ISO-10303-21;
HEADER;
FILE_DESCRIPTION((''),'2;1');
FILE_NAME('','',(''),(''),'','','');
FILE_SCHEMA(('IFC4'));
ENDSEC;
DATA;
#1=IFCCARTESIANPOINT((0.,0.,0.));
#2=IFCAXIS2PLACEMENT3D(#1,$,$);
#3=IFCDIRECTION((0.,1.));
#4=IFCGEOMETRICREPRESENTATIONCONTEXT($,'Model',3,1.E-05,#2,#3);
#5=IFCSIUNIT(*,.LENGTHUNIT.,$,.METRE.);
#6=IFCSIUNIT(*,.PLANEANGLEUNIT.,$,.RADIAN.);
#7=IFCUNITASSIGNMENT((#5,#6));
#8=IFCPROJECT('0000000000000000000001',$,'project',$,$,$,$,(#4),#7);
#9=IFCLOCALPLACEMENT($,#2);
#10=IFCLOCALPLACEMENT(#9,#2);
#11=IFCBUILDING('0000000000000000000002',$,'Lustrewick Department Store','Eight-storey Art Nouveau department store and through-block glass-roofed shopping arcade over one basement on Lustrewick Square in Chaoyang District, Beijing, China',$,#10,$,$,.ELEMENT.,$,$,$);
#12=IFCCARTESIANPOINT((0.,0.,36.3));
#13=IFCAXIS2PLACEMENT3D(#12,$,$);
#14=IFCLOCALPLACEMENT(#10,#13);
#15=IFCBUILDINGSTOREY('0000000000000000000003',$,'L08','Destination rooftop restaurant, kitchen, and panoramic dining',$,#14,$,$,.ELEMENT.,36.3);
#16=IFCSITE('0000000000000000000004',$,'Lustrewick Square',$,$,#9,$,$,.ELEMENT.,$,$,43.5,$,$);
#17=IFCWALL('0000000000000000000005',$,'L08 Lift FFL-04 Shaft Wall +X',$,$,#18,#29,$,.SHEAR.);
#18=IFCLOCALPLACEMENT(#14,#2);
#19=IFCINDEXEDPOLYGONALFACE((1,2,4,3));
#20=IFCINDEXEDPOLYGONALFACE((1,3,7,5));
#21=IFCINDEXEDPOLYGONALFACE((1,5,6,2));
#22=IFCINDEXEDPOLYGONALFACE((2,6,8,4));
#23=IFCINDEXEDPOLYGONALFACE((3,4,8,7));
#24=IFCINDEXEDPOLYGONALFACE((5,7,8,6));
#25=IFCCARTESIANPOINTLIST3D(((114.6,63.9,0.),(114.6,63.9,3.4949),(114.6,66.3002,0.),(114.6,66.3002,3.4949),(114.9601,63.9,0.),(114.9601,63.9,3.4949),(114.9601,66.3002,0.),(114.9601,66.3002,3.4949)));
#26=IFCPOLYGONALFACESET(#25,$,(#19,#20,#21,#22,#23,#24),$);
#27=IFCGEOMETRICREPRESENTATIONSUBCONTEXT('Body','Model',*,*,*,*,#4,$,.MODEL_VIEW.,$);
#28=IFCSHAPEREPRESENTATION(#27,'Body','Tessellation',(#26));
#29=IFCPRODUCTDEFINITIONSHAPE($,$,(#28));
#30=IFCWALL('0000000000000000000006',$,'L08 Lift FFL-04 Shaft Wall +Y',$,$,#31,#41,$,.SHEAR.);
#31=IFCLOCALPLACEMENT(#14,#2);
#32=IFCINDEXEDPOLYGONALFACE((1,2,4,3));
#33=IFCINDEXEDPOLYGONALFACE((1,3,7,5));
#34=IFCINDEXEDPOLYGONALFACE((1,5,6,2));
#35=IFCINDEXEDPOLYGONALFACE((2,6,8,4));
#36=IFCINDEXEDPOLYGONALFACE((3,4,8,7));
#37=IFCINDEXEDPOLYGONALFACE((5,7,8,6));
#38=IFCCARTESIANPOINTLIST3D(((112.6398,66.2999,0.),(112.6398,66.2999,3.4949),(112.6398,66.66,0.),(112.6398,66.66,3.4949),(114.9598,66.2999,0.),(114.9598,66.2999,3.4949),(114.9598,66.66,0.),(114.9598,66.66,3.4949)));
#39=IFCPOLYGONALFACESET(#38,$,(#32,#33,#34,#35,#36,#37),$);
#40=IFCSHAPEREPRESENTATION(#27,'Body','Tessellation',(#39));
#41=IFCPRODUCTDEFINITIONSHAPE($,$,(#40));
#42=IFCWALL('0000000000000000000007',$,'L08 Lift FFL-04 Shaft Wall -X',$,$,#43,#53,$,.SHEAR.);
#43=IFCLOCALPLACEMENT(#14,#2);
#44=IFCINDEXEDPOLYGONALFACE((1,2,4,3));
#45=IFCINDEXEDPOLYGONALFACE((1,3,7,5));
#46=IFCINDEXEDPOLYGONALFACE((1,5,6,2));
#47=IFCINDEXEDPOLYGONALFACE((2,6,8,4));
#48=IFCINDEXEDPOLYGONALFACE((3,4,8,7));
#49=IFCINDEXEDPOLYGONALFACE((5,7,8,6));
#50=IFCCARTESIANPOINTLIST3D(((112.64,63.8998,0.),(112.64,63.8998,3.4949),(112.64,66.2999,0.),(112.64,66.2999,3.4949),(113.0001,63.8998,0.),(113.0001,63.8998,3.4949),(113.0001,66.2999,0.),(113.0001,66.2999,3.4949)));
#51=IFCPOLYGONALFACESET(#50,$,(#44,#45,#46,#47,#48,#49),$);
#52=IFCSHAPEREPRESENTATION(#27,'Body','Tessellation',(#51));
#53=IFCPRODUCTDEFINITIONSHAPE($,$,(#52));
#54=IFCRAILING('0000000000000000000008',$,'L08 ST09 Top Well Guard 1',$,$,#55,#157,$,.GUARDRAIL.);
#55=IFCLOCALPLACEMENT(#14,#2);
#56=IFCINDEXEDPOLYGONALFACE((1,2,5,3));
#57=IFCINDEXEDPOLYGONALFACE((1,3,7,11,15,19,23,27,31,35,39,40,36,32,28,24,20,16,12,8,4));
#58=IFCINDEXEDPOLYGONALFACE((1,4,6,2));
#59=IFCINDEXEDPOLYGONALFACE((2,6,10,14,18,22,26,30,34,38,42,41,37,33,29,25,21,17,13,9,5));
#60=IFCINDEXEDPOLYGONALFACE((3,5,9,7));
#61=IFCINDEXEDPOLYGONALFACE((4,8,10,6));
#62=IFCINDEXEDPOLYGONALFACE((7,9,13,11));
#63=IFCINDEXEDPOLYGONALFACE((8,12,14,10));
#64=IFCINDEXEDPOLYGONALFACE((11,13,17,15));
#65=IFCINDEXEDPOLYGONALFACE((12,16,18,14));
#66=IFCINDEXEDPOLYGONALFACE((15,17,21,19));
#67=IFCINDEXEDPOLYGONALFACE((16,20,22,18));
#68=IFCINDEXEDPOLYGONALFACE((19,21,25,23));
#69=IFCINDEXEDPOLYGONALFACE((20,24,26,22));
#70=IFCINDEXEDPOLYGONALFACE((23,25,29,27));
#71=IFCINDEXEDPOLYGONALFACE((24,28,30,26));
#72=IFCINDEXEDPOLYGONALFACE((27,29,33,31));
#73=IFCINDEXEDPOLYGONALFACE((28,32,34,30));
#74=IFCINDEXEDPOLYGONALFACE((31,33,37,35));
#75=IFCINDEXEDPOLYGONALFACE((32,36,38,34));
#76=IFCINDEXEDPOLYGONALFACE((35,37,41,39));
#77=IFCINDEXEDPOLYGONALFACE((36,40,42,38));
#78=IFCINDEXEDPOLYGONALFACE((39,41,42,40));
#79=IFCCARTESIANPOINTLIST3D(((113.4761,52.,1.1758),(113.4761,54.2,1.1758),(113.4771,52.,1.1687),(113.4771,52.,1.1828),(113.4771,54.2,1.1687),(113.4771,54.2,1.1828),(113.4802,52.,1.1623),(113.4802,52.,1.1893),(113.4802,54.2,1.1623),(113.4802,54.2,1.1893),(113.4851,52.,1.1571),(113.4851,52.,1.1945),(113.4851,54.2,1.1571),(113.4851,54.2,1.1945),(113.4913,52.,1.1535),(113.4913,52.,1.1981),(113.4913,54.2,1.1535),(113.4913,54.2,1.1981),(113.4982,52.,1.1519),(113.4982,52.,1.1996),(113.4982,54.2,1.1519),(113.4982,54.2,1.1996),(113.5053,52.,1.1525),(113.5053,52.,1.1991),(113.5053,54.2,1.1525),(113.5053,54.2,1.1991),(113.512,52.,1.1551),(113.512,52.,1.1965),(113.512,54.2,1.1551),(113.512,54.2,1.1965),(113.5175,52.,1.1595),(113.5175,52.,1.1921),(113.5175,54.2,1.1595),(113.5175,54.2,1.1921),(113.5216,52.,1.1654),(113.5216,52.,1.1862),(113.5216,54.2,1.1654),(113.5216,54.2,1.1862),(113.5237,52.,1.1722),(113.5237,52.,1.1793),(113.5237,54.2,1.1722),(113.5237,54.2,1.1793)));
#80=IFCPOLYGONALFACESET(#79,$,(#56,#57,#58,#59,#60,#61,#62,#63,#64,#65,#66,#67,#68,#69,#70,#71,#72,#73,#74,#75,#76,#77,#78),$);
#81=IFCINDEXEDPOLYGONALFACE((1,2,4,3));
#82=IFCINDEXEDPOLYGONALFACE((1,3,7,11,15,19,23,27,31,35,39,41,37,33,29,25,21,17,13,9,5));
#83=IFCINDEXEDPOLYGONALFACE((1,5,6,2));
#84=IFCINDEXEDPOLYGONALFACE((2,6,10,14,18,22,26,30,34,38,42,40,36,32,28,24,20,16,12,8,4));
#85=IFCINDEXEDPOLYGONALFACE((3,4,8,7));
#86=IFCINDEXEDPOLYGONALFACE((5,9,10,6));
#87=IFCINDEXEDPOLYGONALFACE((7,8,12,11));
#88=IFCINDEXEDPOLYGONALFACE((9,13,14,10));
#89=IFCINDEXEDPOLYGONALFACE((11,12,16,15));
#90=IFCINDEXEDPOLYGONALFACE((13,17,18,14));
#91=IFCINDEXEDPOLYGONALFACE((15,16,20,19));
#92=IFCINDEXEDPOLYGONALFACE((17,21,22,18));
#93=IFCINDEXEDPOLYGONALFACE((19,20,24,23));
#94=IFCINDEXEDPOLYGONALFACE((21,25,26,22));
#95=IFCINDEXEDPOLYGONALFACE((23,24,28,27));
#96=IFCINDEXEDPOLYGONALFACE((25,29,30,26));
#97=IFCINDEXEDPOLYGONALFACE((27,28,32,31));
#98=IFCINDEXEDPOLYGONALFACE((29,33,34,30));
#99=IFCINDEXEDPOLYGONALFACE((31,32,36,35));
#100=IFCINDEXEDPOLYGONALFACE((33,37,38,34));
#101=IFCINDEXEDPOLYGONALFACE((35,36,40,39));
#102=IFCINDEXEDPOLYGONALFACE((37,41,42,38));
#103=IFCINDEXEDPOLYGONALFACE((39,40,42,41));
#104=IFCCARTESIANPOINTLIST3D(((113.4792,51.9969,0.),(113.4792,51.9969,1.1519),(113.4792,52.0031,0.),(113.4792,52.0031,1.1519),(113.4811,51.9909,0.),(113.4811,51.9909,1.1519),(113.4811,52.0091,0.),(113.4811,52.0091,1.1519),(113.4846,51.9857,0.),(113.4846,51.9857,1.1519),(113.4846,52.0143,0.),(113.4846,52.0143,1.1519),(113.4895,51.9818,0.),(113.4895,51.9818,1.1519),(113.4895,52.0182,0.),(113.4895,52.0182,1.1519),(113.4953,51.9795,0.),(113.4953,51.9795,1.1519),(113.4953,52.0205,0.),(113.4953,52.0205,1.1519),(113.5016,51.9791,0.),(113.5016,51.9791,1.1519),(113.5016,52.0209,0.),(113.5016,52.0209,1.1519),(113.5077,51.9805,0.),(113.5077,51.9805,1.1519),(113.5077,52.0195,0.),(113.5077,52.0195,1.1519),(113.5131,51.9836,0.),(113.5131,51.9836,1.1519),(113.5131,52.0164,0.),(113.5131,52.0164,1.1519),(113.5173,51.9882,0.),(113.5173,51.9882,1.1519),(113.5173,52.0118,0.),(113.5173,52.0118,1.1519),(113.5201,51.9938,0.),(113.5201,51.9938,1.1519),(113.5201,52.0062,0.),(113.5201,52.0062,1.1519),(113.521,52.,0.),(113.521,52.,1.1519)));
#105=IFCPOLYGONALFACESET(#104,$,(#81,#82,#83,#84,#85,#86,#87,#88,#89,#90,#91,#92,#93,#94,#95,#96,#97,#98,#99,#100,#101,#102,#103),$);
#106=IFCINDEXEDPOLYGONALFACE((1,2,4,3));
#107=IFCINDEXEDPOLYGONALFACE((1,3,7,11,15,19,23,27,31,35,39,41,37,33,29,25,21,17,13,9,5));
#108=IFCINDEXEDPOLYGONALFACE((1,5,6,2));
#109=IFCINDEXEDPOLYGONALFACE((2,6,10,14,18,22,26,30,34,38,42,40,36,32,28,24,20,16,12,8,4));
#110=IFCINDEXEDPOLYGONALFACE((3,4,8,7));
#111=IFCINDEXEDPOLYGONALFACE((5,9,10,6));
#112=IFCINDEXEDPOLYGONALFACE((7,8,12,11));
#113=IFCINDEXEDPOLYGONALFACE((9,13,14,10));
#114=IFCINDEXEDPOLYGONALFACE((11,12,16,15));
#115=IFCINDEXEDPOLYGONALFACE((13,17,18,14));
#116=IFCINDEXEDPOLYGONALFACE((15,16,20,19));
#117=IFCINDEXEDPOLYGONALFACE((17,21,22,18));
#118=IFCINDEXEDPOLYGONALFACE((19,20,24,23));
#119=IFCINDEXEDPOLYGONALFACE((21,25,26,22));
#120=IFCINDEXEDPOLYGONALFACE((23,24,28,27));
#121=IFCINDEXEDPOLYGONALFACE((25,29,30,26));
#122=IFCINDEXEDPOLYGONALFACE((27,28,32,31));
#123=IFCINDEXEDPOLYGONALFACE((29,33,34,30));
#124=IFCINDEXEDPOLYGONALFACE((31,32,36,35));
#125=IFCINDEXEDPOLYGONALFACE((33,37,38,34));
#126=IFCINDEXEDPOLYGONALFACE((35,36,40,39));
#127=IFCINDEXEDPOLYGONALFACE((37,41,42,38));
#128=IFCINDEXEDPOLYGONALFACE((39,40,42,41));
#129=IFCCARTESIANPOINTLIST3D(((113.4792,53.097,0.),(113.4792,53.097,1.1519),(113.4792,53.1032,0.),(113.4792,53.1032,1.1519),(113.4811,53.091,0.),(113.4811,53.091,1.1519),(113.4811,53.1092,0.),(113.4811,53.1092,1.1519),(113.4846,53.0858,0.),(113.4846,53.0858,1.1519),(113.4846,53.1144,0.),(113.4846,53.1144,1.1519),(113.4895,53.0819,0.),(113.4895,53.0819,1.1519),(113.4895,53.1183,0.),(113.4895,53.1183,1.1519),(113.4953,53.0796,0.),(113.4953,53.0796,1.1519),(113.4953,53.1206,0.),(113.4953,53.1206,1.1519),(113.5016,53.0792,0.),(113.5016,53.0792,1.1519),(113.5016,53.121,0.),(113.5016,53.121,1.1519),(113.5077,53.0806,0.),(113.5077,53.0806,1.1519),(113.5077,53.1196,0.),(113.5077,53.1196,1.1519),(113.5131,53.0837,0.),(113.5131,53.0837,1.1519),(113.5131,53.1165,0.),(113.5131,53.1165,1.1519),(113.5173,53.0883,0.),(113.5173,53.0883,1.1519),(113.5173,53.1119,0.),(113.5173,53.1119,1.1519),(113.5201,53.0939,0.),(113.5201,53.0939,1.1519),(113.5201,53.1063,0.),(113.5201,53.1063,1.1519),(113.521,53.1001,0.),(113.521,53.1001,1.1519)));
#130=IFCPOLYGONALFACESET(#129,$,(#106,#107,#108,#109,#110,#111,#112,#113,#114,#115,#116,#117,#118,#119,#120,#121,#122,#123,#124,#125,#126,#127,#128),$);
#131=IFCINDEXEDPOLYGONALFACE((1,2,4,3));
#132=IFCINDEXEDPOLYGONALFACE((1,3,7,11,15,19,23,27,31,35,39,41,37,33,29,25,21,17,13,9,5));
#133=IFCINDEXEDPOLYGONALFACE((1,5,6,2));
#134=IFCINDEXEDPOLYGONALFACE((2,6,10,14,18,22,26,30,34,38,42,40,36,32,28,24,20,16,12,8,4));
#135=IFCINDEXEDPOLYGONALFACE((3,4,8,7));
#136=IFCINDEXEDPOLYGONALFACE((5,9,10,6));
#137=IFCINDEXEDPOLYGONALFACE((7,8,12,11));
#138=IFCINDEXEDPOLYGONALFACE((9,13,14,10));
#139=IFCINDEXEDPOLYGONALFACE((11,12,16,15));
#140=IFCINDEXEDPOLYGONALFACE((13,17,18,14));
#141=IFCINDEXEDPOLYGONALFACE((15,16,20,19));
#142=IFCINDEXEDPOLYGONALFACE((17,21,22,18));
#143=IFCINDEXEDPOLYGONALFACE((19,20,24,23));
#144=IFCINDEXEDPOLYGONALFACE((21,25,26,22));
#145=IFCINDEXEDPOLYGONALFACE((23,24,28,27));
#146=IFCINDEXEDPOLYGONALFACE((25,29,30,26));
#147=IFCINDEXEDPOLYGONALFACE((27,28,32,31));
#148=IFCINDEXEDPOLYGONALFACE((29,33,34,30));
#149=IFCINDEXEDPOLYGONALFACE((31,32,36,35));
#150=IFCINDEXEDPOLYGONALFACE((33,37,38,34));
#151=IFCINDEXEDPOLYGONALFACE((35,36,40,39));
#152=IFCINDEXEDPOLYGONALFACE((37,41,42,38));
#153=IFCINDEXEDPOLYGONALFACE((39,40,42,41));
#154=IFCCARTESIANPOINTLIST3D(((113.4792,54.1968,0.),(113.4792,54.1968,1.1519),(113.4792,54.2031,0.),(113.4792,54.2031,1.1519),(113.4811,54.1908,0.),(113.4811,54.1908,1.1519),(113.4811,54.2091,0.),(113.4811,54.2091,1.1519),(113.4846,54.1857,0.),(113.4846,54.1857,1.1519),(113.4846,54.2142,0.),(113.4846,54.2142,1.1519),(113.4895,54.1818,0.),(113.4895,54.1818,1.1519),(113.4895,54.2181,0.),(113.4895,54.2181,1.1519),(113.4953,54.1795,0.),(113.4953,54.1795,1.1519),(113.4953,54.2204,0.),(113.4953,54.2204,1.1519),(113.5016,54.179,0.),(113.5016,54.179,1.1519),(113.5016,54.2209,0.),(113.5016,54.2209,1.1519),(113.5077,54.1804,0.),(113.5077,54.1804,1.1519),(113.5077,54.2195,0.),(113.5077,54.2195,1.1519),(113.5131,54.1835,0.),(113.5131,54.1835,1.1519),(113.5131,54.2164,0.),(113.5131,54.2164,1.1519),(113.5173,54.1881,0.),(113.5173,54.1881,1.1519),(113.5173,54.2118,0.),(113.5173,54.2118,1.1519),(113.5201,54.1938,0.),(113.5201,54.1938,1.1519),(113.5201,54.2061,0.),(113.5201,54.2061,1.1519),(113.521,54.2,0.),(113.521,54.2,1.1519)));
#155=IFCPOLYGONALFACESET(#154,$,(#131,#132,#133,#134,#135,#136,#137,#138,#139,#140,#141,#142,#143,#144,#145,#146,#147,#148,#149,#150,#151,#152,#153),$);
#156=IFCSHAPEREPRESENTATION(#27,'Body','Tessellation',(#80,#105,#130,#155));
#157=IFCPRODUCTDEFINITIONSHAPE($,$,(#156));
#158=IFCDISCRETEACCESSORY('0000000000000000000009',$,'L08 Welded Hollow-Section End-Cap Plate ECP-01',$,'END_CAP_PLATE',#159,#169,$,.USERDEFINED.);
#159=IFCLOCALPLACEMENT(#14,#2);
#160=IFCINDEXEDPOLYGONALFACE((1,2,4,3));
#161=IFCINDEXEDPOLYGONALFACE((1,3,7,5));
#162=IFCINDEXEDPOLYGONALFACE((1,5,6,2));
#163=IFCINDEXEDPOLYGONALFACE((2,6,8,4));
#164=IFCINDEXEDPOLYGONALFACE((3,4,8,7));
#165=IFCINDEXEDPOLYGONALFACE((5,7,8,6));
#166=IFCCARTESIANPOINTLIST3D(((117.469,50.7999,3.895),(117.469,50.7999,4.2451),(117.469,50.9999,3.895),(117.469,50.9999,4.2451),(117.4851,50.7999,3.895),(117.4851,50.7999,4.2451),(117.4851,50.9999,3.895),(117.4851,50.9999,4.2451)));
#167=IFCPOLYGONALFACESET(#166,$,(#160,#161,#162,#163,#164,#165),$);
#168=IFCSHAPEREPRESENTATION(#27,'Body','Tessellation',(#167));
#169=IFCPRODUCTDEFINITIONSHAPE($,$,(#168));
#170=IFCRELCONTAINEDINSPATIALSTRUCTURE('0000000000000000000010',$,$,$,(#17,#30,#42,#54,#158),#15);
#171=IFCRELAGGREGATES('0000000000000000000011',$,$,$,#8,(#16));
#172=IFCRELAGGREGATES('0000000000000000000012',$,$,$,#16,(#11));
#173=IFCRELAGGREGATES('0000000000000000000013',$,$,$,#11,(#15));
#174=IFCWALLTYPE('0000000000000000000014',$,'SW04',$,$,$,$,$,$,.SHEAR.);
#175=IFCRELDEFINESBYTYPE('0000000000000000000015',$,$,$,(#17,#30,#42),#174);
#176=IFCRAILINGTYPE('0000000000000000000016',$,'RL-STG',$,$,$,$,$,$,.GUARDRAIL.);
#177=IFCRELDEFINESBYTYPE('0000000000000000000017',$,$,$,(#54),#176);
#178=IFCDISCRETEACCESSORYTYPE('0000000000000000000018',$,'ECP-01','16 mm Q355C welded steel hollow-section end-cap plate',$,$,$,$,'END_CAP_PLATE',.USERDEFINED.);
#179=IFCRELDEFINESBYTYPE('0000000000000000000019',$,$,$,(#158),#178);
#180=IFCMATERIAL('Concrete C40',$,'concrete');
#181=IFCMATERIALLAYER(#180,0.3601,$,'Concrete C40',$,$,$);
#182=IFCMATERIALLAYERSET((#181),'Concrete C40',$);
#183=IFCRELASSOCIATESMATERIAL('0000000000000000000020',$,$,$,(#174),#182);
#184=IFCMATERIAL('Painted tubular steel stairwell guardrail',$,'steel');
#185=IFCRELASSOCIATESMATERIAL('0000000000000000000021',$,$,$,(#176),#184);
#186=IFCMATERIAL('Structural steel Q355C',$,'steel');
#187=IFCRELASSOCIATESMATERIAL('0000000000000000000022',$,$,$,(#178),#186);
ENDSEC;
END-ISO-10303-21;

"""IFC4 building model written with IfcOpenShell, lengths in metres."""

from ifc_helpers import new_model, si_unit, direction, frame, frame_2d, origin, origin_2d, place, context, subcontext, project, spatial, rectangle, circle, extrude, material, layer, layer_set, type_object, element, save


model = new_model("IFC4")

# Units and contexts
model_context = context("Model", 3, precision=1e-05, world=origin(), true_north=direction((0.0, 1.0)))
body_context = subcontext(model_context, "Body", "Model", "MODEL_VIEW")
ifc_project = project(units=[si_unit("LENGTHUNIT", "METRE"), si_unit("PLANEANGLEUNIT", "RADIAN")], contexts=[model_context])

# Site, building, storey
site_placement = place(None, origin())
site = spatial("IfcSite", under=ifc_project, at=site_placement, Name="Lustrewick Square", CompositionType="ELEMENT", RefElevation=43.5)
building_placement = place(site_placement, origin())
building = spatial("IfcBuilding", under=site, at=building_placement, Name="Lustrewick Department Store", Description="Eight-storey Art Nouveau department store and through-block glass-roofed shopping arcade over one basement on Lustrewick Square in Chaoyang District, Beijing, China", CompositionType="ELEMENT")
storey_placement = place(building_placement, frame((0.0, 0.0, 36.3)))
storey = spatial("IfcBuildingStorey", under=building, at=storey_placement, Name="L08", Description="Destination rooftop restaurant, kitchen, and panoramic dining", CompositionType="ELEMENT", Elevation=36.3)

# Shared definitions
ifc_material_1 = material(Name="Structural steel Q355C", Category="steel")

# Shared definitions
ifc_material_2 = material(Name="Concrete C40", Category="concrete")

# Shared definitions
ifc_layer_1 = layer(ifc_material_2, 0.3601, Name="Concrete C40")
ifc_layer_set_1 = layer_set([ifc_layer_1], Name="Concrete C40")
wall_type_1 = type_object("IfcWallType", Name="SW04", PredefinedType="SHEAR", material=ifc_layer_set_1)

# Walls
wall_1_placement = place(storey_placement, frame((114.78, 63.8999, 0.0), z_axis=(0.0, 0.0, 1.0), x_axis=(0.0, 1.0, 0.0)))
element("IfcWall", 1, at=wall_1_placement, inside=storey, type_object=wall_type_1, Name="L08 Lift FFL-04 Shaft Wall +X", PredefinedType="SHEAR", context=body_context, shape_type="SweptSolid", body=[
    extrude(rectangle(XDim=2.4001, YDim=0.3601, at=frame_2d((1.2002, 0.0))), origin(), (0.0, 0.0, 1.0), 3.4949),
])
wall_2_placement = place(storey_placement, frame((114.96, 66.48, 0.0), z_axis=(0.0, 0.0, 1.0), x_axis=(-1.0, 0.0, 0.0)))
element("IfcWall", 2, at=wall_2_placement, inside=storey, type_object=wall_type_1, Name="L08 Lift FFL-04 Shaft Wall +Y", PredefinedType="SHEAR", context=body_context, shape_type="SweptSolid", body=[
    extrude(rectangle(XDim=2.3201, YDim=0.3601, at=frame_2d((1.1602, 0.0))), origin(), (0.0, 0.0, 1.0), 3.4949),
])
wall_3_placement = place(storey_placement, frame((112.8201, 66.3, 0.0), z_axis=(0.0, 0.0, 1.0), x_axis=(0.0, -1.0, 0.0)))
element("IfcWall", 3, at=wall_3_placement, inside=storey, type_object=wall_type_1, Name="L08 Lift FFL-04 Shaft Wall -X", PredefinedType="SHEAR", context=body_context, shape_type="SweptSolid", body=[
    extrude(rectangle(XDim=2.4001, YDim=0.3601, at=frame_2d((1.2002, 0.0))), origin(), (0.0, 0.0, 1.0), 3.4949),
])

# Railing
ifc_material_3 = material(Name="Painted tubular steel stairwell guardrail", Category="steel")
railing_type = type_object("IfcRailingType", Name="RL-STG", PredefinedType="GUARDRAIL", material=ifc_material_3)
railing_placement = place(storey_placement, frame((113.5, 52.0, 0.0)))
element("IfcRailing", 4, at=railing_placement, inside=storey, type_object=railing_type, Name="L08 ST09 Top Well Guard 1", PredefinedType="GUARDRAIL", context=body_context, shape_type="SweptSolid", body=[
    extrude(circle(Radius=0.0239, at=origin_2d()), frame((0.0, 0.0, 1.1758), z_axis=(0.0, 1.0, 0.0), x_axis=(-1.0, 0.0, 0.0)), (0.0, 0.0, 1.0), 2.2),
    extrude(circle(Radius=0.021, at=origin_2d()), origin(), (0.0, 0.0, 1.0), 1.1519),
    extrude(circle(Radius=0.021, at=origin_2d()), frame((0.0, 1.1001, 0.0)), (0.0, 0.0, 1.0), 1.1519),
    extrude(circle(Radius=0.021, at=origin_2d()), frame((0.0, 2.2, 0.0)), (0.0, 0.0, 1.0), 1.1519),
])

# Discrete accessory
discrete_accessory_type = type_object("IfcDiscreteAccessoryType", Name="ECP-01", Description="16 mm Q355C welded steel hollow-section end-cap plate", ElementType="END_CAP_PLATE", PredefinedType="USERDEFINED", material=ifc_material_1)
discrete_accessory_placement = place(storey_placement, frame((117.469, 50.8999, 4.0701), z_axis=(1.0, 0.0, 0.0), x_axis=(0.0, 1.0, 0.0)))
element("IfcDiscreteAccessory", 5, at=discrete_accessory_placement, inside=storey, type_object=discrete_accessory_type, Name="L08 Welded Hollow-Section End-Cap Plate ECP-01", ObjectType="END_CAP_PLATE", PredefinedType="USERDEFINED", context=body_context, shape_type="SweptSolid", body=[
    extrude(rectangle(XDim=0.2, YDim=0.3501, at=origin_2d()), origin(), (0.0, 0.0, 1.0), 0.0161),
])

save(model, "model.ifc")
